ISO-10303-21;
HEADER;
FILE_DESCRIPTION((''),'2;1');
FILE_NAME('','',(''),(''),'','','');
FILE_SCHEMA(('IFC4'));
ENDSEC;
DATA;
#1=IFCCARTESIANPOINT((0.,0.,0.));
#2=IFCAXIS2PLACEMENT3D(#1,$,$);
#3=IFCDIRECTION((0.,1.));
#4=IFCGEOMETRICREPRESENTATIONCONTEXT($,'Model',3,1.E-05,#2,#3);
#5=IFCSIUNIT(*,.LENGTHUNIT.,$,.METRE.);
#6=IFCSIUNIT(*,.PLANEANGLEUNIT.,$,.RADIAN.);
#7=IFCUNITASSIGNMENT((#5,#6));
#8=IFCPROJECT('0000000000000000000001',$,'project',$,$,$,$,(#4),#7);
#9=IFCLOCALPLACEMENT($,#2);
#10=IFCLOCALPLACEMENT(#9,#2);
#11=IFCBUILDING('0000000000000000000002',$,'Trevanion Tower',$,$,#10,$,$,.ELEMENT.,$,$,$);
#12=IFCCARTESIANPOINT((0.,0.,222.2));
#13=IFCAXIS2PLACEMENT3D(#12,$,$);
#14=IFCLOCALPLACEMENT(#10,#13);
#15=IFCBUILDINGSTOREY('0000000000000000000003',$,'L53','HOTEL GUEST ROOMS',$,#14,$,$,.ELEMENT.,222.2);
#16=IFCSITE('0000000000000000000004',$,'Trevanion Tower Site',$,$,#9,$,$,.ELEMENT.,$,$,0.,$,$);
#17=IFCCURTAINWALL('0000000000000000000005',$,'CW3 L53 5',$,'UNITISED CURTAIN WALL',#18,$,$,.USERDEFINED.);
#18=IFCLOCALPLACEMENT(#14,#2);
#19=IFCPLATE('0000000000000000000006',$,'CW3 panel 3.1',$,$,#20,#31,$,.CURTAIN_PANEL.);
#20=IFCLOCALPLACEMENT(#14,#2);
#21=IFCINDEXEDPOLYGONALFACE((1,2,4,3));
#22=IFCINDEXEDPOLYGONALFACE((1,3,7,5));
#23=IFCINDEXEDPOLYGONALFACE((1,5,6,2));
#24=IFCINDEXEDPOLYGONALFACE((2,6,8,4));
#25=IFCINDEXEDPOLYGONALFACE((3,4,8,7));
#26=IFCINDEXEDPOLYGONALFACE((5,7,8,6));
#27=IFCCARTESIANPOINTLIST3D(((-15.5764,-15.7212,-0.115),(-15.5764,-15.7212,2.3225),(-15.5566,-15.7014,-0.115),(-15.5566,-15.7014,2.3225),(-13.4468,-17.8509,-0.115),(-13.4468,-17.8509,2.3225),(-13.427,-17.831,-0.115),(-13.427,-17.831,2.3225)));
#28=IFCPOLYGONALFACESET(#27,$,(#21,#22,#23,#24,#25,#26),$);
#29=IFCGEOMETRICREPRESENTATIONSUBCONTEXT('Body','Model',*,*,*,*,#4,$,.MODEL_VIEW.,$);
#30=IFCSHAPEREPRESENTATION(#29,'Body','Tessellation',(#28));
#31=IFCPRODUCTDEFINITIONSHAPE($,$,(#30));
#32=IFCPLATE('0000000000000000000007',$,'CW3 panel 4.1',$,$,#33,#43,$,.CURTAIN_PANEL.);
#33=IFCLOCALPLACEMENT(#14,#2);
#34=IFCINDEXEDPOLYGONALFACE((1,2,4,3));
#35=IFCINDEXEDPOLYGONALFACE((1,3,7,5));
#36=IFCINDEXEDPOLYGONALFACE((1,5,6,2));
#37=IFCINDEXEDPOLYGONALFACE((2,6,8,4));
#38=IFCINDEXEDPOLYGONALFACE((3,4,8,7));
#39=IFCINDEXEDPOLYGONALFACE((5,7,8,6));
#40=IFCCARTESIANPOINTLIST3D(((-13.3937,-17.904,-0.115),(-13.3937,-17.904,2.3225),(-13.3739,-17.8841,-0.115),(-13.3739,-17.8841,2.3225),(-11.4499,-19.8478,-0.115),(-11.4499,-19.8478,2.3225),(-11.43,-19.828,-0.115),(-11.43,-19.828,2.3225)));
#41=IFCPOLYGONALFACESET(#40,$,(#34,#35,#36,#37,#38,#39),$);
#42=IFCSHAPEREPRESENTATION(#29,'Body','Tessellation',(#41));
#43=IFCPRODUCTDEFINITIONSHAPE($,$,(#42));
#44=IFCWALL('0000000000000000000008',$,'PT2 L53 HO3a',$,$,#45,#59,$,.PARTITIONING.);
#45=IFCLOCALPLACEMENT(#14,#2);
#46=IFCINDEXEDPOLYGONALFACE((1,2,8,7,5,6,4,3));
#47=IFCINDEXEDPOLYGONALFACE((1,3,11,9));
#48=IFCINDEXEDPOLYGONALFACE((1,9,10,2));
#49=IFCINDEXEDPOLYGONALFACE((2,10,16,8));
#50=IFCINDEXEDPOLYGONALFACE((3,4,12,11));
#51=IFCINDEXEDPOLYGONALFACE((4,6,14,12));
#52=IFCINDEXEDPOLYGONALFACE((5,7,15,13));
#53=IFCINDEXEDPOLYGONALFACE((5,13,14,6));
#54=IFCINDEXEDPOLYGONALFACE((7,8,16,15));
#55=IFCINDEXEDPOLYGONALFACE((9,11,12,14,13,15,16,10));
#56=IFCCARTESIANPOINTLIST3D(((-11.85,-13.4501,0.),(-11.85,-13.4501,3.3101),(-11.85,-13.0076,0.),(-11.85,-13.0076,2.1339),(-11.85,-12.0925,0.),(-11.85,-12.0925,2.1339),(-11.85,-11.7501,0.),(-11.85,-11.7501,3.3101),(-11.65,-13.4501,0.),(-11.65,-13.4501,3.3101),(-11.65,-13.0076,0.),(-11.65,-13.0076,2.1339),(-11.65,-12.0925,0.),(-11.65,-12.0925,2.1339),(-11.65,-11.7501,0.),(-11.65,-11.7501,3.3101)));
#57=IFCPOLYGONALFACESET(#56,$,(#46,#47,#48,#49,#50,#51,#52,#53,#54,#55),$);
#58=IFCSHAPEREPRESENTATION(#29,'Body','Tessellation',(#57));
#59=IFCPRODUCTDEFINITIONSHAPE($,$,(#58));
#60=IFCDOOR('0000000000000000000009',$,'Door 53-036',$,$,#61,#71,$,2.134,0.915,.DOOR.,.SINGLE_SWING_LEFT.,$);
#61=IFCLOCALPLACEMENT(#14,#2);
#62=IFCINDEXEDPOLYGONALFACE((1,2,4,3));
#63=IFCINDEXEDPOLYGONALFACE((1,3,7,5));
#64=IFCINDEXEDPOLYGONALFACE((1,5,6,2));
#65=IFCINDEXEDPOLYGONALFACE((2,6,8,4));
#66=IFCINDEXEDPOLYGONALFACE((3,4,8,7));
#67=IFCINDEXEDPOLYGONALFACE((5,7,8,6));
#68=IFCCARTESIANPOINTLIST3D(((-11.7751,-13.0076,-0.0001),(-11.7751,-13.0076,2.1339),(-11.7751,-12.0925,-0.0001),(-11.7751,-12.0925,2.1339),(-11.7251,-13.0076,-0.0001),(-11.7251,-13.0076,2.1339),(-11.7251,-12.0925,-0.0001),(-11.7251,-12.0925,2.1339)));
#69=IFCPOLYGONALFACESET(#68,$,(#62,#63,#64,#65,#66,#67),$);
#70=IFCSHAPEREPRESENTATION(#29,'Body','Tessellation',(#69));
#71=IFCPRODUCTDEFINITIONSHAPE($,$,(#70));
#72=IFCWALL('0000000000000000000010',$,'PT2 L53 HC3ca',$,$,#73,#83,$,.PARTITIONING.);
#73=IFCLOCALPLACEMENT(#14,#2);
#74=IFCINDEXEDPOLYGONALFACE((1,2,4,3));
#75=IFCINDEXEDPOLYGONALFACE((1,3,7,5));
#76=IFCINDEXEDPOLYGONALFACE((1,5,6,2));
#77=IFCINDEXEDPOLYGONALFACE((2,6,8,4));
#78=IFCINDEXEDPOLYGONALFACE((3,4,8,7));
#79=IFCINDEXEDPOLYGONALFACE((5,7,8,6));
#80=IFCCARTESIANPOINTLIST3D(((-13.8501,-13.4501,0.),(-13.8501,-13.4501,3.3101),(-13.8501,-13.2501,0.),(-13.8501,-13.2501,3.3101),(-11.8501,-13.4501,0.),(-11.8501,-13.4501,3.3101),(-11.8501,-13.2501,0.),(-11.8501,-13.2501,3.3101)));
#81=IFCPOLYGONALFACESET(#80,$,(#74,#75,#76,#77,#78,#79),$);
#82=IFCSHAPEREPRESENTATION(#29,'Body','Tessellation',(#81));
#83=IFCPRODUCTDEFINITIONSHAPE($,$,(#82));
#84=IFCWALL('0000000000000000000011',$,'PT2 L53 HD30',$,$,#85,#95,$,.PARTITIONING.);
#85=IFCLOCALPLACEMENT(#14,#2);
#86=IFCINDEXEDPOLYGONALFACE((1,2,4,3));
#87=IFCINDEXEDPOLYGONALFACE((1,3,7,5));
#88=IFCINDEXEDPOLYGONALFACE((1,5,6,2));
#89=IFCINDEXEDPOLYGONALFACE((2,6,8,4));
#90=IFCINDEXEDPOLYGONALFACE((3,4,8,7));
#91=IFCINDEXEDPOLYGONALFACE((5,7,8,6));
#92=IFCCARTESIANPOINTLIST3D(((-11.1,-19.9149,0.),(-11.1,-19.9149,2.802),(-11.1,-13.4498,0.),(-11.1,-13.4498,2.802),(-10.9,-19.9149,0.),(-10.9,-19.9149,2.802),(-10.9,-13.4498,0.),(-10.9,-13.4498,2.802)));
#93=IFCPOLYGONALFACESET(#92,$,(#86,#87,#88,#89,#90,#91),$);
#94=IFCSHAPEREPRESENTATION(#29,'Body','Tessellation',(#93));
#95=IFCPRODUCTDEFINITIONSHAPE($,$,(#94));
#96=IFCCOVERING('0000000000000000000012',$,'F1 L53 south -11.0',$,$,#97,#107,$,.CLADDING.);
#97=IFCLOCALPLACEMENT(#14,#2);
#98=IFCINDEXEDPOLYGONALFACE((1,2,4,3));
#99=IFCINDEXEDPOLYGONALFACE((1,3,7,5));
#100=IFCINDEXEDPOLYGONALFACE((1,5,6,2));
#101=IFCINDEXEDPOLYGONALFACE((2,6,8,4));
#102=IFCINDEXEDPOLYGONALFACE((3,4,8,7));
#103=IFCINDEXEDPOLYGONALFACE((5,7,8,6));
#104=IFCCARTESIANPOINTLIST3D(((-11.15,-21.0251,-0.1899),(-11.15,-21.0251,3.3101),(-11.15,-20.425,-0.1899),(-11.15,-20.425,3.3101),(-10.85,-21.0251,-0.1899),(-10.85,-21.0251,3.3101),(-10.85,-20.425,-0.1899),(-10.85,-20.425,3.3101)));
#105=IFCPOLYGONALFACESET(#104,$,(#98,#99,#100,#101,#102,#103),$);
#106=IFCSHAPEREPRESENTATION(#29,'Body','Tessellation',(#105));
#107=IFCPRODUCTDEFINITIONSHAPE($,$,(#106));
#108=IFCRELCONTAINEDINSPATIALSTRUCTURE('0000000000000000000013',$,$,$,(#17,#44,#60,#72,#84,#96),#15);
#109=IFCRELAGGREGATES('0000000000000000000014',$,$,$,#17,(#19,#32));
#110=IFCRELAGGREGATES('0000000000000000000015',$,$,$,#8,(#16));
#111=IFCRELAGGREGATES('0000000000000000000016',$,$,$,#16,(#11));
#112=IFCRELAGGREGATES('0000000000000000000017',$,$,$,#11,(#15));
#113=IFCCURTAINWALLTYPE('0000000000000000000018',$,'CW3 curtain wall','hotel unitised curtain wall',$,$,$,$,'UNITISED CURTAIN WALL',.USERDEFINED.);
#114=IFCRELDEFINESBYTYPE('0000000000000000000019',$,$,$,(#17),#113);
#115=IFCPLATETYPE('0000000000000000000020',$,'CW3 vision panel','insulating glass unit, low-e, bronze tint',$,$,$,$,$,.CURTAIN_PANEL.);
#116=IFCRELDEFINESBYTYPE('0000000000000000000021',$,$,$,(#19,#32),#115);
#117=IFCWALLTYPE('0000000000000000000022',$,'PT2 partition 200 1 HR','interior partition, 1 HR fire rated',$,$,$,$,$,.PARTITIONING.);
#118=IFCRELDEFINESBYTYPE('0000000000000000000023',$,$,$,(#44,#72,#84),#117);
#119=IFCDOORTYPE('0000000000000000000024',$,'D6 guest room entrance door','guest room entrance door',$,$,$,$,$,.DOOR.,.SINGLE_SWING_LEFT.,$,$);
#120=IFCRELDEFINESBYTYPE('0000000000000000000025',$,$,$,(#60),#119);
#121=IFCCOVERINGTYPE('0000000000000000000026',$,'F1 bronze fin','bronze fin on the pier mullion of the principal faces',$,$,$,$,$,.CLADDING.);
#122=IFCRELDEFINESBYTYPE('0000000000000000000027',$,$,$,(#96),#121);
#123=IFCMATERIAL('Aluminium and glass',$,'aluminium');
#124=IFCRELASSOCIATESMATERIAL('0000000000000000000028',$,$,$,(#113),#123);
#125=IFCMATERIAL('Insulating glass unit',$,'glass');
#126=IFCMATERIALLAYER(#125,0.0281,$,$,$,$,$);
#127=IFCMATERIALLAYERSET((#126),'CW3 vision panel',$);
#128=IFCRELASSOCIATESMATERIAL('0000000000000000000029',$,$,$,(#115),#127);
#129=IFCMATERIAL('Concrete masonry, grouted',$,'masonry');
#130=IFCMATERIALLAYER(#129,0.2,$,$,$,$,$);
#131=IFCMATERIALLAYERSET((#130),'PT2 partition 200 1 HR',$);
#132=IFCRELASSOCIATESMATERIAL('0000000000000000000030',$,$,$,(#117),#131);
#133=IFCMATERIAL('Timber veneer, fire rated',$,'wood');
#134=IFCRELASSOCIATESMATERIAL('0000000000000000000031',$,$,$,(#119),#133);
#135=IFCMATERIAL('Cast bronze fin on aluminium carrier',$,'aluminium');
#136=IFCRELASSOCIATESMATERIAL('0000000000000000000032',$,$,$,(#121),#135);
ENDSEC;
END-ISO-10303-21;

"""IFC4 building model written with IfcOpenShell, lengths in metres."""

from ifc_helpers import new_model, si_unit, direction, frame, frame_2d, origin, origin_2d, place, context, subcontext, project, spatial, rectangle, extrude, material, layer, layer_set, type_object, element, fill, aggregate, save


model = new_model("IFC4")

# Units and contexts
model_context = context("Model", 3, precision=1e-05, world=origin(), true_north=direction((0.0, 1.0)))
body_context = subcontext(model_context, "Body", "Model", "MODEL_VIEW")
ifc_project = project(units=[si_unit("LENGTHUNIT", "METRE"), si_unit("PLANEANGLEUNIT", "RADIAN")], contexts=[model_context])

# Site, building, storey
site_placement = place(None, origin())
site = spatial("IfcSite", under=ifc_project, at=site_placement, Name="Trevanion Tower Site", CompositionType="ELEMENT", RefElevation=0.0)
building_placement = place(site_placement, origin())
building = spatial("IfcBuilding", under=site, at=building_placement, Name="Trevanion Tower", CompositionType="ELEMENT")
storey_placement = place(building_placement, frame((0.0, 0.0, 222.2)))
storey = spatial("IfcBuildingStorey", under=building, at=storey_placement, Name="L53", Description="HOTEL GUEST ROOMS", CompositionType="ELEMENT", Elevation=222.2)

# Curtain wall
ifc_material_1 = material(Name="Aluminium and glass", Category="aluminium")
curtain_wall_type = type_object("IfcCurtainWallType", Name="CW3 curtain wall", Description="hotel unitised curtain wall", ElementType="UNITISED CURTAIN WALL", PredefinedType="USERDEFINED", material=ifc_material_1)
curtain_wall_1_placement = place(storey_placement, origin())
curtain_wall_1 = element("IfcCurtainWall", 1, at=curtain_wall_1_placement, inside=storey, type_object=curtain_wall_type, Name="CW3 L53 5", ObjectType="UNITISED CURTAIN WALL", PredefinedType="USERDEFINED")

# Plates
ifc_material_2 = material(Name="Insulating glass unit", Category="glass")
ifc_layer_1 = layer(ifc_material_2, 0.0281)
ifc_layer_set_1 = layer_set([ifc_layer_1], Name="CW3 vision panel")
plate_type_1 = type_object("IfcPlateType", Name="CW3 vision panel", Description="insulating glass unit, low-e, bronze tint", PredefinedType="CURTAIN_PANEL", material=ifc_layer_set_1)
plate_1_placement = place(storey_placement, frame((-14.5017, -16.7761, -0.115), z_axis=(0.0, 0.0, 1.0), x_axis=(0.707107, -0.707107, 0.0)))
plate_1 = element("IfcPlate", 2, at=plate_1_placement, type_object=plate_type_1, Name="CW3 panel 3.1", PredefinedType="CURTAIN_PANEL", context=body_context, shape_type="SweptSolid", body=[
    extrude(rectangle(XDim=3.0117, YDim=0.0281, at=origin_2d()), origin(), (0.0, 0.0, 1.0), 2.4375),
])
plate_2_placement = place(storey_placement, frame((-12.4119, -18.866, -0.115), z_axis=(0.0, 0.0, 1.0), x_axis=(0.707107, -0.707107, 0.0)))
plate_2 = element("IfcPlate", 3, at=plate_2_placement, type_object=plate_type_1, Name="CW3 panel 4.1", PredefinedType="CURTAIN_PANEL", context=body_context, shape_type="SweptSolid", body=[
    extrude(rectangle(XDim=2.749, YDim=0.0281, at=origin_2d()), origin(), (0.0, 0.0, 1.0), 2.4375),
])
aggregate(curtain_wall_1, [plate_1, plate_2])

# Wall, opening, door
ifc_material_3 = material(Name="Concrete masonry, grouted", Category="masonry")
ifc_layer_2 = layer(ifc_material_3, 0.2)
ifc_layer_set_2 = layer_set([ifc_layer_2], Name="PT2 partition 200 1 HR")
wall_type = type_object("IfcWallType", Name="PT2 partition 200 1 HR", Description="interior partition, 1 HR fire rated", PredefinedType="PARTITIONING", material=ifc_layer_set_2)
wall_1_placement = place(storey_placement, frame((-11.75, -11.75, 0.0), z_axis=(0.0, 0.0, 1.0), x_axis=(0.0, -1.0, 0.0)))
wall_1 = element("IfcWall", 4, at=wall_1_placement, inside=storey, type_object=wall_type, Name="PT2 L53 HO3a", PredefinedType="PARTITIONING", context=body_context, shape_type="SweptSolid", body=[
    extrude(rectangle(XDim=1.7, YDim=0.2, at=frame_2d((0.8501, 0.0))), origin(), (0.0, 0.0, 1.0), 3.3101),
])
opening_placement = place(wall_1_placement, frame((0.3425, 0.0, 0.0)))
opening = element("IfcOpeningElement", 5, at=opening_placement, cuts=wall_1, PredefinedType="OPENING", context=body_context, shape_type="SweptSolid", body=[
    extrude(rectangle(XDim=0.915, YDim=2.134, at=frame_2d((0.4575, 1.0669))), frame((0.0, 0.1099, 0.0), z_axis=(0.0, -1.0, 0.0), x_axis=(1.0, 0.0, 0.0)), (0.0, 0.0, 1.0), 0.22),
])
ifc_material_4 = material(Name="Timber veneer, fire rated", Category="wood")
door_type = type_object("IfcDoorType", Name="D6 guest room entrance door", Description="guest room entrance door", OperationType="SINGLE_SWING_LEFT", PredefinedType="DOOR", material=ifc_material_4)
door_placement = place(opening_placement, origin())
door = element("IfcDoor", 6, at=door_placement, inside=storey, type_object=door_type, Name="Door 53-036", OperationType="SINGLE_SWING_LEFT", OverallHeight=2.134, OverallWidth=0.915, PredefinedType="DOOR", context=body_context, shape_type="SweptSolid", body=[
    extrude(rectangle(XDim=0.915, YDim=2.134, at=frame_2d((0.4575, 1.0669))), frame((0.0, 0.0249, 0.0), z_axis=(0.0, -1.0, 0.0), x_axis=(1.0, 0.0, 0.0)), (0.0, 0.0, 1.0), 0.05),
])
fill(opening, door)

# Walls
wall_2_placement = place(storey_placement, frame((-13.8501, -13.3501, 0.0), z_axis=(0.0, 0.0, 1.0), x_axis=(1.0, 0.0, 0.0)))
element("IfcWall", 7, at=wall_2_placement, inside=storey, type_object=wall_type, Name="PT2 L53 HC3ca", PredefinedType="PARTITIONING", context=body_context, shape_type="SweptSolid", body=[
    extrude(rectangle(XDim=2.0, YDim=0.2, at=frame_2d((1.0, 0.0))), origin(), (0.0, 0.0, 1.0), 3.3101),
])
wall_3_placement = place(storey_placement, frame((-11.0, -13.45, 0.0), z_axis=(0.0, 0.0, 1.0), x_axis=(0.0, -1.0, 0.0)))
element("IfcWall", 8, at=wall_3_placement, inside=storey, type_object=wall_type, Name="PT2 L53 HD30", PredefinedType="PARTITIONING", context=body_context, shape_type="SweptSolid", body=[
    extrude(rectangle(XDim=6.4651, YDim=0.2, at=frame_2d((3.2324, 0.0))), origin(), (0.0, 0.0, 1.0), 2.802),
])

# Covering
ifc_material_5 = material(Name="Cast bronze fin on aluminium carrier", Category="aluminium")
covering_type = type_object("IfcCoveringType", Name="F1 bronze fin", Description="bronze fin on the pier mullion of the principal faces", PredefinedType="CLADDING", material=ifc_material_5)
covering_placement = place(storey_placement, frame((-11.0, -20.7251, -0.1899), z_axis=(0.0, 0.0, 1.0), x_axis=(1.0, 0.0, 0.0)))
element("IfcCovering", 9, at=covering_placement, inside=storey, type_object=covering_type, Name="F1 L53 south -11.0", PredefinedType="CLADDING", context=body_context, shape_type="SweptSolid", body=[
    extrude(rectangle(XDim=0.3, YDim=0.6001, at=origin_2d()), origin(), (0.0, 0.0, 1.0), 3.5),
])

save(model, "model.ifc")
